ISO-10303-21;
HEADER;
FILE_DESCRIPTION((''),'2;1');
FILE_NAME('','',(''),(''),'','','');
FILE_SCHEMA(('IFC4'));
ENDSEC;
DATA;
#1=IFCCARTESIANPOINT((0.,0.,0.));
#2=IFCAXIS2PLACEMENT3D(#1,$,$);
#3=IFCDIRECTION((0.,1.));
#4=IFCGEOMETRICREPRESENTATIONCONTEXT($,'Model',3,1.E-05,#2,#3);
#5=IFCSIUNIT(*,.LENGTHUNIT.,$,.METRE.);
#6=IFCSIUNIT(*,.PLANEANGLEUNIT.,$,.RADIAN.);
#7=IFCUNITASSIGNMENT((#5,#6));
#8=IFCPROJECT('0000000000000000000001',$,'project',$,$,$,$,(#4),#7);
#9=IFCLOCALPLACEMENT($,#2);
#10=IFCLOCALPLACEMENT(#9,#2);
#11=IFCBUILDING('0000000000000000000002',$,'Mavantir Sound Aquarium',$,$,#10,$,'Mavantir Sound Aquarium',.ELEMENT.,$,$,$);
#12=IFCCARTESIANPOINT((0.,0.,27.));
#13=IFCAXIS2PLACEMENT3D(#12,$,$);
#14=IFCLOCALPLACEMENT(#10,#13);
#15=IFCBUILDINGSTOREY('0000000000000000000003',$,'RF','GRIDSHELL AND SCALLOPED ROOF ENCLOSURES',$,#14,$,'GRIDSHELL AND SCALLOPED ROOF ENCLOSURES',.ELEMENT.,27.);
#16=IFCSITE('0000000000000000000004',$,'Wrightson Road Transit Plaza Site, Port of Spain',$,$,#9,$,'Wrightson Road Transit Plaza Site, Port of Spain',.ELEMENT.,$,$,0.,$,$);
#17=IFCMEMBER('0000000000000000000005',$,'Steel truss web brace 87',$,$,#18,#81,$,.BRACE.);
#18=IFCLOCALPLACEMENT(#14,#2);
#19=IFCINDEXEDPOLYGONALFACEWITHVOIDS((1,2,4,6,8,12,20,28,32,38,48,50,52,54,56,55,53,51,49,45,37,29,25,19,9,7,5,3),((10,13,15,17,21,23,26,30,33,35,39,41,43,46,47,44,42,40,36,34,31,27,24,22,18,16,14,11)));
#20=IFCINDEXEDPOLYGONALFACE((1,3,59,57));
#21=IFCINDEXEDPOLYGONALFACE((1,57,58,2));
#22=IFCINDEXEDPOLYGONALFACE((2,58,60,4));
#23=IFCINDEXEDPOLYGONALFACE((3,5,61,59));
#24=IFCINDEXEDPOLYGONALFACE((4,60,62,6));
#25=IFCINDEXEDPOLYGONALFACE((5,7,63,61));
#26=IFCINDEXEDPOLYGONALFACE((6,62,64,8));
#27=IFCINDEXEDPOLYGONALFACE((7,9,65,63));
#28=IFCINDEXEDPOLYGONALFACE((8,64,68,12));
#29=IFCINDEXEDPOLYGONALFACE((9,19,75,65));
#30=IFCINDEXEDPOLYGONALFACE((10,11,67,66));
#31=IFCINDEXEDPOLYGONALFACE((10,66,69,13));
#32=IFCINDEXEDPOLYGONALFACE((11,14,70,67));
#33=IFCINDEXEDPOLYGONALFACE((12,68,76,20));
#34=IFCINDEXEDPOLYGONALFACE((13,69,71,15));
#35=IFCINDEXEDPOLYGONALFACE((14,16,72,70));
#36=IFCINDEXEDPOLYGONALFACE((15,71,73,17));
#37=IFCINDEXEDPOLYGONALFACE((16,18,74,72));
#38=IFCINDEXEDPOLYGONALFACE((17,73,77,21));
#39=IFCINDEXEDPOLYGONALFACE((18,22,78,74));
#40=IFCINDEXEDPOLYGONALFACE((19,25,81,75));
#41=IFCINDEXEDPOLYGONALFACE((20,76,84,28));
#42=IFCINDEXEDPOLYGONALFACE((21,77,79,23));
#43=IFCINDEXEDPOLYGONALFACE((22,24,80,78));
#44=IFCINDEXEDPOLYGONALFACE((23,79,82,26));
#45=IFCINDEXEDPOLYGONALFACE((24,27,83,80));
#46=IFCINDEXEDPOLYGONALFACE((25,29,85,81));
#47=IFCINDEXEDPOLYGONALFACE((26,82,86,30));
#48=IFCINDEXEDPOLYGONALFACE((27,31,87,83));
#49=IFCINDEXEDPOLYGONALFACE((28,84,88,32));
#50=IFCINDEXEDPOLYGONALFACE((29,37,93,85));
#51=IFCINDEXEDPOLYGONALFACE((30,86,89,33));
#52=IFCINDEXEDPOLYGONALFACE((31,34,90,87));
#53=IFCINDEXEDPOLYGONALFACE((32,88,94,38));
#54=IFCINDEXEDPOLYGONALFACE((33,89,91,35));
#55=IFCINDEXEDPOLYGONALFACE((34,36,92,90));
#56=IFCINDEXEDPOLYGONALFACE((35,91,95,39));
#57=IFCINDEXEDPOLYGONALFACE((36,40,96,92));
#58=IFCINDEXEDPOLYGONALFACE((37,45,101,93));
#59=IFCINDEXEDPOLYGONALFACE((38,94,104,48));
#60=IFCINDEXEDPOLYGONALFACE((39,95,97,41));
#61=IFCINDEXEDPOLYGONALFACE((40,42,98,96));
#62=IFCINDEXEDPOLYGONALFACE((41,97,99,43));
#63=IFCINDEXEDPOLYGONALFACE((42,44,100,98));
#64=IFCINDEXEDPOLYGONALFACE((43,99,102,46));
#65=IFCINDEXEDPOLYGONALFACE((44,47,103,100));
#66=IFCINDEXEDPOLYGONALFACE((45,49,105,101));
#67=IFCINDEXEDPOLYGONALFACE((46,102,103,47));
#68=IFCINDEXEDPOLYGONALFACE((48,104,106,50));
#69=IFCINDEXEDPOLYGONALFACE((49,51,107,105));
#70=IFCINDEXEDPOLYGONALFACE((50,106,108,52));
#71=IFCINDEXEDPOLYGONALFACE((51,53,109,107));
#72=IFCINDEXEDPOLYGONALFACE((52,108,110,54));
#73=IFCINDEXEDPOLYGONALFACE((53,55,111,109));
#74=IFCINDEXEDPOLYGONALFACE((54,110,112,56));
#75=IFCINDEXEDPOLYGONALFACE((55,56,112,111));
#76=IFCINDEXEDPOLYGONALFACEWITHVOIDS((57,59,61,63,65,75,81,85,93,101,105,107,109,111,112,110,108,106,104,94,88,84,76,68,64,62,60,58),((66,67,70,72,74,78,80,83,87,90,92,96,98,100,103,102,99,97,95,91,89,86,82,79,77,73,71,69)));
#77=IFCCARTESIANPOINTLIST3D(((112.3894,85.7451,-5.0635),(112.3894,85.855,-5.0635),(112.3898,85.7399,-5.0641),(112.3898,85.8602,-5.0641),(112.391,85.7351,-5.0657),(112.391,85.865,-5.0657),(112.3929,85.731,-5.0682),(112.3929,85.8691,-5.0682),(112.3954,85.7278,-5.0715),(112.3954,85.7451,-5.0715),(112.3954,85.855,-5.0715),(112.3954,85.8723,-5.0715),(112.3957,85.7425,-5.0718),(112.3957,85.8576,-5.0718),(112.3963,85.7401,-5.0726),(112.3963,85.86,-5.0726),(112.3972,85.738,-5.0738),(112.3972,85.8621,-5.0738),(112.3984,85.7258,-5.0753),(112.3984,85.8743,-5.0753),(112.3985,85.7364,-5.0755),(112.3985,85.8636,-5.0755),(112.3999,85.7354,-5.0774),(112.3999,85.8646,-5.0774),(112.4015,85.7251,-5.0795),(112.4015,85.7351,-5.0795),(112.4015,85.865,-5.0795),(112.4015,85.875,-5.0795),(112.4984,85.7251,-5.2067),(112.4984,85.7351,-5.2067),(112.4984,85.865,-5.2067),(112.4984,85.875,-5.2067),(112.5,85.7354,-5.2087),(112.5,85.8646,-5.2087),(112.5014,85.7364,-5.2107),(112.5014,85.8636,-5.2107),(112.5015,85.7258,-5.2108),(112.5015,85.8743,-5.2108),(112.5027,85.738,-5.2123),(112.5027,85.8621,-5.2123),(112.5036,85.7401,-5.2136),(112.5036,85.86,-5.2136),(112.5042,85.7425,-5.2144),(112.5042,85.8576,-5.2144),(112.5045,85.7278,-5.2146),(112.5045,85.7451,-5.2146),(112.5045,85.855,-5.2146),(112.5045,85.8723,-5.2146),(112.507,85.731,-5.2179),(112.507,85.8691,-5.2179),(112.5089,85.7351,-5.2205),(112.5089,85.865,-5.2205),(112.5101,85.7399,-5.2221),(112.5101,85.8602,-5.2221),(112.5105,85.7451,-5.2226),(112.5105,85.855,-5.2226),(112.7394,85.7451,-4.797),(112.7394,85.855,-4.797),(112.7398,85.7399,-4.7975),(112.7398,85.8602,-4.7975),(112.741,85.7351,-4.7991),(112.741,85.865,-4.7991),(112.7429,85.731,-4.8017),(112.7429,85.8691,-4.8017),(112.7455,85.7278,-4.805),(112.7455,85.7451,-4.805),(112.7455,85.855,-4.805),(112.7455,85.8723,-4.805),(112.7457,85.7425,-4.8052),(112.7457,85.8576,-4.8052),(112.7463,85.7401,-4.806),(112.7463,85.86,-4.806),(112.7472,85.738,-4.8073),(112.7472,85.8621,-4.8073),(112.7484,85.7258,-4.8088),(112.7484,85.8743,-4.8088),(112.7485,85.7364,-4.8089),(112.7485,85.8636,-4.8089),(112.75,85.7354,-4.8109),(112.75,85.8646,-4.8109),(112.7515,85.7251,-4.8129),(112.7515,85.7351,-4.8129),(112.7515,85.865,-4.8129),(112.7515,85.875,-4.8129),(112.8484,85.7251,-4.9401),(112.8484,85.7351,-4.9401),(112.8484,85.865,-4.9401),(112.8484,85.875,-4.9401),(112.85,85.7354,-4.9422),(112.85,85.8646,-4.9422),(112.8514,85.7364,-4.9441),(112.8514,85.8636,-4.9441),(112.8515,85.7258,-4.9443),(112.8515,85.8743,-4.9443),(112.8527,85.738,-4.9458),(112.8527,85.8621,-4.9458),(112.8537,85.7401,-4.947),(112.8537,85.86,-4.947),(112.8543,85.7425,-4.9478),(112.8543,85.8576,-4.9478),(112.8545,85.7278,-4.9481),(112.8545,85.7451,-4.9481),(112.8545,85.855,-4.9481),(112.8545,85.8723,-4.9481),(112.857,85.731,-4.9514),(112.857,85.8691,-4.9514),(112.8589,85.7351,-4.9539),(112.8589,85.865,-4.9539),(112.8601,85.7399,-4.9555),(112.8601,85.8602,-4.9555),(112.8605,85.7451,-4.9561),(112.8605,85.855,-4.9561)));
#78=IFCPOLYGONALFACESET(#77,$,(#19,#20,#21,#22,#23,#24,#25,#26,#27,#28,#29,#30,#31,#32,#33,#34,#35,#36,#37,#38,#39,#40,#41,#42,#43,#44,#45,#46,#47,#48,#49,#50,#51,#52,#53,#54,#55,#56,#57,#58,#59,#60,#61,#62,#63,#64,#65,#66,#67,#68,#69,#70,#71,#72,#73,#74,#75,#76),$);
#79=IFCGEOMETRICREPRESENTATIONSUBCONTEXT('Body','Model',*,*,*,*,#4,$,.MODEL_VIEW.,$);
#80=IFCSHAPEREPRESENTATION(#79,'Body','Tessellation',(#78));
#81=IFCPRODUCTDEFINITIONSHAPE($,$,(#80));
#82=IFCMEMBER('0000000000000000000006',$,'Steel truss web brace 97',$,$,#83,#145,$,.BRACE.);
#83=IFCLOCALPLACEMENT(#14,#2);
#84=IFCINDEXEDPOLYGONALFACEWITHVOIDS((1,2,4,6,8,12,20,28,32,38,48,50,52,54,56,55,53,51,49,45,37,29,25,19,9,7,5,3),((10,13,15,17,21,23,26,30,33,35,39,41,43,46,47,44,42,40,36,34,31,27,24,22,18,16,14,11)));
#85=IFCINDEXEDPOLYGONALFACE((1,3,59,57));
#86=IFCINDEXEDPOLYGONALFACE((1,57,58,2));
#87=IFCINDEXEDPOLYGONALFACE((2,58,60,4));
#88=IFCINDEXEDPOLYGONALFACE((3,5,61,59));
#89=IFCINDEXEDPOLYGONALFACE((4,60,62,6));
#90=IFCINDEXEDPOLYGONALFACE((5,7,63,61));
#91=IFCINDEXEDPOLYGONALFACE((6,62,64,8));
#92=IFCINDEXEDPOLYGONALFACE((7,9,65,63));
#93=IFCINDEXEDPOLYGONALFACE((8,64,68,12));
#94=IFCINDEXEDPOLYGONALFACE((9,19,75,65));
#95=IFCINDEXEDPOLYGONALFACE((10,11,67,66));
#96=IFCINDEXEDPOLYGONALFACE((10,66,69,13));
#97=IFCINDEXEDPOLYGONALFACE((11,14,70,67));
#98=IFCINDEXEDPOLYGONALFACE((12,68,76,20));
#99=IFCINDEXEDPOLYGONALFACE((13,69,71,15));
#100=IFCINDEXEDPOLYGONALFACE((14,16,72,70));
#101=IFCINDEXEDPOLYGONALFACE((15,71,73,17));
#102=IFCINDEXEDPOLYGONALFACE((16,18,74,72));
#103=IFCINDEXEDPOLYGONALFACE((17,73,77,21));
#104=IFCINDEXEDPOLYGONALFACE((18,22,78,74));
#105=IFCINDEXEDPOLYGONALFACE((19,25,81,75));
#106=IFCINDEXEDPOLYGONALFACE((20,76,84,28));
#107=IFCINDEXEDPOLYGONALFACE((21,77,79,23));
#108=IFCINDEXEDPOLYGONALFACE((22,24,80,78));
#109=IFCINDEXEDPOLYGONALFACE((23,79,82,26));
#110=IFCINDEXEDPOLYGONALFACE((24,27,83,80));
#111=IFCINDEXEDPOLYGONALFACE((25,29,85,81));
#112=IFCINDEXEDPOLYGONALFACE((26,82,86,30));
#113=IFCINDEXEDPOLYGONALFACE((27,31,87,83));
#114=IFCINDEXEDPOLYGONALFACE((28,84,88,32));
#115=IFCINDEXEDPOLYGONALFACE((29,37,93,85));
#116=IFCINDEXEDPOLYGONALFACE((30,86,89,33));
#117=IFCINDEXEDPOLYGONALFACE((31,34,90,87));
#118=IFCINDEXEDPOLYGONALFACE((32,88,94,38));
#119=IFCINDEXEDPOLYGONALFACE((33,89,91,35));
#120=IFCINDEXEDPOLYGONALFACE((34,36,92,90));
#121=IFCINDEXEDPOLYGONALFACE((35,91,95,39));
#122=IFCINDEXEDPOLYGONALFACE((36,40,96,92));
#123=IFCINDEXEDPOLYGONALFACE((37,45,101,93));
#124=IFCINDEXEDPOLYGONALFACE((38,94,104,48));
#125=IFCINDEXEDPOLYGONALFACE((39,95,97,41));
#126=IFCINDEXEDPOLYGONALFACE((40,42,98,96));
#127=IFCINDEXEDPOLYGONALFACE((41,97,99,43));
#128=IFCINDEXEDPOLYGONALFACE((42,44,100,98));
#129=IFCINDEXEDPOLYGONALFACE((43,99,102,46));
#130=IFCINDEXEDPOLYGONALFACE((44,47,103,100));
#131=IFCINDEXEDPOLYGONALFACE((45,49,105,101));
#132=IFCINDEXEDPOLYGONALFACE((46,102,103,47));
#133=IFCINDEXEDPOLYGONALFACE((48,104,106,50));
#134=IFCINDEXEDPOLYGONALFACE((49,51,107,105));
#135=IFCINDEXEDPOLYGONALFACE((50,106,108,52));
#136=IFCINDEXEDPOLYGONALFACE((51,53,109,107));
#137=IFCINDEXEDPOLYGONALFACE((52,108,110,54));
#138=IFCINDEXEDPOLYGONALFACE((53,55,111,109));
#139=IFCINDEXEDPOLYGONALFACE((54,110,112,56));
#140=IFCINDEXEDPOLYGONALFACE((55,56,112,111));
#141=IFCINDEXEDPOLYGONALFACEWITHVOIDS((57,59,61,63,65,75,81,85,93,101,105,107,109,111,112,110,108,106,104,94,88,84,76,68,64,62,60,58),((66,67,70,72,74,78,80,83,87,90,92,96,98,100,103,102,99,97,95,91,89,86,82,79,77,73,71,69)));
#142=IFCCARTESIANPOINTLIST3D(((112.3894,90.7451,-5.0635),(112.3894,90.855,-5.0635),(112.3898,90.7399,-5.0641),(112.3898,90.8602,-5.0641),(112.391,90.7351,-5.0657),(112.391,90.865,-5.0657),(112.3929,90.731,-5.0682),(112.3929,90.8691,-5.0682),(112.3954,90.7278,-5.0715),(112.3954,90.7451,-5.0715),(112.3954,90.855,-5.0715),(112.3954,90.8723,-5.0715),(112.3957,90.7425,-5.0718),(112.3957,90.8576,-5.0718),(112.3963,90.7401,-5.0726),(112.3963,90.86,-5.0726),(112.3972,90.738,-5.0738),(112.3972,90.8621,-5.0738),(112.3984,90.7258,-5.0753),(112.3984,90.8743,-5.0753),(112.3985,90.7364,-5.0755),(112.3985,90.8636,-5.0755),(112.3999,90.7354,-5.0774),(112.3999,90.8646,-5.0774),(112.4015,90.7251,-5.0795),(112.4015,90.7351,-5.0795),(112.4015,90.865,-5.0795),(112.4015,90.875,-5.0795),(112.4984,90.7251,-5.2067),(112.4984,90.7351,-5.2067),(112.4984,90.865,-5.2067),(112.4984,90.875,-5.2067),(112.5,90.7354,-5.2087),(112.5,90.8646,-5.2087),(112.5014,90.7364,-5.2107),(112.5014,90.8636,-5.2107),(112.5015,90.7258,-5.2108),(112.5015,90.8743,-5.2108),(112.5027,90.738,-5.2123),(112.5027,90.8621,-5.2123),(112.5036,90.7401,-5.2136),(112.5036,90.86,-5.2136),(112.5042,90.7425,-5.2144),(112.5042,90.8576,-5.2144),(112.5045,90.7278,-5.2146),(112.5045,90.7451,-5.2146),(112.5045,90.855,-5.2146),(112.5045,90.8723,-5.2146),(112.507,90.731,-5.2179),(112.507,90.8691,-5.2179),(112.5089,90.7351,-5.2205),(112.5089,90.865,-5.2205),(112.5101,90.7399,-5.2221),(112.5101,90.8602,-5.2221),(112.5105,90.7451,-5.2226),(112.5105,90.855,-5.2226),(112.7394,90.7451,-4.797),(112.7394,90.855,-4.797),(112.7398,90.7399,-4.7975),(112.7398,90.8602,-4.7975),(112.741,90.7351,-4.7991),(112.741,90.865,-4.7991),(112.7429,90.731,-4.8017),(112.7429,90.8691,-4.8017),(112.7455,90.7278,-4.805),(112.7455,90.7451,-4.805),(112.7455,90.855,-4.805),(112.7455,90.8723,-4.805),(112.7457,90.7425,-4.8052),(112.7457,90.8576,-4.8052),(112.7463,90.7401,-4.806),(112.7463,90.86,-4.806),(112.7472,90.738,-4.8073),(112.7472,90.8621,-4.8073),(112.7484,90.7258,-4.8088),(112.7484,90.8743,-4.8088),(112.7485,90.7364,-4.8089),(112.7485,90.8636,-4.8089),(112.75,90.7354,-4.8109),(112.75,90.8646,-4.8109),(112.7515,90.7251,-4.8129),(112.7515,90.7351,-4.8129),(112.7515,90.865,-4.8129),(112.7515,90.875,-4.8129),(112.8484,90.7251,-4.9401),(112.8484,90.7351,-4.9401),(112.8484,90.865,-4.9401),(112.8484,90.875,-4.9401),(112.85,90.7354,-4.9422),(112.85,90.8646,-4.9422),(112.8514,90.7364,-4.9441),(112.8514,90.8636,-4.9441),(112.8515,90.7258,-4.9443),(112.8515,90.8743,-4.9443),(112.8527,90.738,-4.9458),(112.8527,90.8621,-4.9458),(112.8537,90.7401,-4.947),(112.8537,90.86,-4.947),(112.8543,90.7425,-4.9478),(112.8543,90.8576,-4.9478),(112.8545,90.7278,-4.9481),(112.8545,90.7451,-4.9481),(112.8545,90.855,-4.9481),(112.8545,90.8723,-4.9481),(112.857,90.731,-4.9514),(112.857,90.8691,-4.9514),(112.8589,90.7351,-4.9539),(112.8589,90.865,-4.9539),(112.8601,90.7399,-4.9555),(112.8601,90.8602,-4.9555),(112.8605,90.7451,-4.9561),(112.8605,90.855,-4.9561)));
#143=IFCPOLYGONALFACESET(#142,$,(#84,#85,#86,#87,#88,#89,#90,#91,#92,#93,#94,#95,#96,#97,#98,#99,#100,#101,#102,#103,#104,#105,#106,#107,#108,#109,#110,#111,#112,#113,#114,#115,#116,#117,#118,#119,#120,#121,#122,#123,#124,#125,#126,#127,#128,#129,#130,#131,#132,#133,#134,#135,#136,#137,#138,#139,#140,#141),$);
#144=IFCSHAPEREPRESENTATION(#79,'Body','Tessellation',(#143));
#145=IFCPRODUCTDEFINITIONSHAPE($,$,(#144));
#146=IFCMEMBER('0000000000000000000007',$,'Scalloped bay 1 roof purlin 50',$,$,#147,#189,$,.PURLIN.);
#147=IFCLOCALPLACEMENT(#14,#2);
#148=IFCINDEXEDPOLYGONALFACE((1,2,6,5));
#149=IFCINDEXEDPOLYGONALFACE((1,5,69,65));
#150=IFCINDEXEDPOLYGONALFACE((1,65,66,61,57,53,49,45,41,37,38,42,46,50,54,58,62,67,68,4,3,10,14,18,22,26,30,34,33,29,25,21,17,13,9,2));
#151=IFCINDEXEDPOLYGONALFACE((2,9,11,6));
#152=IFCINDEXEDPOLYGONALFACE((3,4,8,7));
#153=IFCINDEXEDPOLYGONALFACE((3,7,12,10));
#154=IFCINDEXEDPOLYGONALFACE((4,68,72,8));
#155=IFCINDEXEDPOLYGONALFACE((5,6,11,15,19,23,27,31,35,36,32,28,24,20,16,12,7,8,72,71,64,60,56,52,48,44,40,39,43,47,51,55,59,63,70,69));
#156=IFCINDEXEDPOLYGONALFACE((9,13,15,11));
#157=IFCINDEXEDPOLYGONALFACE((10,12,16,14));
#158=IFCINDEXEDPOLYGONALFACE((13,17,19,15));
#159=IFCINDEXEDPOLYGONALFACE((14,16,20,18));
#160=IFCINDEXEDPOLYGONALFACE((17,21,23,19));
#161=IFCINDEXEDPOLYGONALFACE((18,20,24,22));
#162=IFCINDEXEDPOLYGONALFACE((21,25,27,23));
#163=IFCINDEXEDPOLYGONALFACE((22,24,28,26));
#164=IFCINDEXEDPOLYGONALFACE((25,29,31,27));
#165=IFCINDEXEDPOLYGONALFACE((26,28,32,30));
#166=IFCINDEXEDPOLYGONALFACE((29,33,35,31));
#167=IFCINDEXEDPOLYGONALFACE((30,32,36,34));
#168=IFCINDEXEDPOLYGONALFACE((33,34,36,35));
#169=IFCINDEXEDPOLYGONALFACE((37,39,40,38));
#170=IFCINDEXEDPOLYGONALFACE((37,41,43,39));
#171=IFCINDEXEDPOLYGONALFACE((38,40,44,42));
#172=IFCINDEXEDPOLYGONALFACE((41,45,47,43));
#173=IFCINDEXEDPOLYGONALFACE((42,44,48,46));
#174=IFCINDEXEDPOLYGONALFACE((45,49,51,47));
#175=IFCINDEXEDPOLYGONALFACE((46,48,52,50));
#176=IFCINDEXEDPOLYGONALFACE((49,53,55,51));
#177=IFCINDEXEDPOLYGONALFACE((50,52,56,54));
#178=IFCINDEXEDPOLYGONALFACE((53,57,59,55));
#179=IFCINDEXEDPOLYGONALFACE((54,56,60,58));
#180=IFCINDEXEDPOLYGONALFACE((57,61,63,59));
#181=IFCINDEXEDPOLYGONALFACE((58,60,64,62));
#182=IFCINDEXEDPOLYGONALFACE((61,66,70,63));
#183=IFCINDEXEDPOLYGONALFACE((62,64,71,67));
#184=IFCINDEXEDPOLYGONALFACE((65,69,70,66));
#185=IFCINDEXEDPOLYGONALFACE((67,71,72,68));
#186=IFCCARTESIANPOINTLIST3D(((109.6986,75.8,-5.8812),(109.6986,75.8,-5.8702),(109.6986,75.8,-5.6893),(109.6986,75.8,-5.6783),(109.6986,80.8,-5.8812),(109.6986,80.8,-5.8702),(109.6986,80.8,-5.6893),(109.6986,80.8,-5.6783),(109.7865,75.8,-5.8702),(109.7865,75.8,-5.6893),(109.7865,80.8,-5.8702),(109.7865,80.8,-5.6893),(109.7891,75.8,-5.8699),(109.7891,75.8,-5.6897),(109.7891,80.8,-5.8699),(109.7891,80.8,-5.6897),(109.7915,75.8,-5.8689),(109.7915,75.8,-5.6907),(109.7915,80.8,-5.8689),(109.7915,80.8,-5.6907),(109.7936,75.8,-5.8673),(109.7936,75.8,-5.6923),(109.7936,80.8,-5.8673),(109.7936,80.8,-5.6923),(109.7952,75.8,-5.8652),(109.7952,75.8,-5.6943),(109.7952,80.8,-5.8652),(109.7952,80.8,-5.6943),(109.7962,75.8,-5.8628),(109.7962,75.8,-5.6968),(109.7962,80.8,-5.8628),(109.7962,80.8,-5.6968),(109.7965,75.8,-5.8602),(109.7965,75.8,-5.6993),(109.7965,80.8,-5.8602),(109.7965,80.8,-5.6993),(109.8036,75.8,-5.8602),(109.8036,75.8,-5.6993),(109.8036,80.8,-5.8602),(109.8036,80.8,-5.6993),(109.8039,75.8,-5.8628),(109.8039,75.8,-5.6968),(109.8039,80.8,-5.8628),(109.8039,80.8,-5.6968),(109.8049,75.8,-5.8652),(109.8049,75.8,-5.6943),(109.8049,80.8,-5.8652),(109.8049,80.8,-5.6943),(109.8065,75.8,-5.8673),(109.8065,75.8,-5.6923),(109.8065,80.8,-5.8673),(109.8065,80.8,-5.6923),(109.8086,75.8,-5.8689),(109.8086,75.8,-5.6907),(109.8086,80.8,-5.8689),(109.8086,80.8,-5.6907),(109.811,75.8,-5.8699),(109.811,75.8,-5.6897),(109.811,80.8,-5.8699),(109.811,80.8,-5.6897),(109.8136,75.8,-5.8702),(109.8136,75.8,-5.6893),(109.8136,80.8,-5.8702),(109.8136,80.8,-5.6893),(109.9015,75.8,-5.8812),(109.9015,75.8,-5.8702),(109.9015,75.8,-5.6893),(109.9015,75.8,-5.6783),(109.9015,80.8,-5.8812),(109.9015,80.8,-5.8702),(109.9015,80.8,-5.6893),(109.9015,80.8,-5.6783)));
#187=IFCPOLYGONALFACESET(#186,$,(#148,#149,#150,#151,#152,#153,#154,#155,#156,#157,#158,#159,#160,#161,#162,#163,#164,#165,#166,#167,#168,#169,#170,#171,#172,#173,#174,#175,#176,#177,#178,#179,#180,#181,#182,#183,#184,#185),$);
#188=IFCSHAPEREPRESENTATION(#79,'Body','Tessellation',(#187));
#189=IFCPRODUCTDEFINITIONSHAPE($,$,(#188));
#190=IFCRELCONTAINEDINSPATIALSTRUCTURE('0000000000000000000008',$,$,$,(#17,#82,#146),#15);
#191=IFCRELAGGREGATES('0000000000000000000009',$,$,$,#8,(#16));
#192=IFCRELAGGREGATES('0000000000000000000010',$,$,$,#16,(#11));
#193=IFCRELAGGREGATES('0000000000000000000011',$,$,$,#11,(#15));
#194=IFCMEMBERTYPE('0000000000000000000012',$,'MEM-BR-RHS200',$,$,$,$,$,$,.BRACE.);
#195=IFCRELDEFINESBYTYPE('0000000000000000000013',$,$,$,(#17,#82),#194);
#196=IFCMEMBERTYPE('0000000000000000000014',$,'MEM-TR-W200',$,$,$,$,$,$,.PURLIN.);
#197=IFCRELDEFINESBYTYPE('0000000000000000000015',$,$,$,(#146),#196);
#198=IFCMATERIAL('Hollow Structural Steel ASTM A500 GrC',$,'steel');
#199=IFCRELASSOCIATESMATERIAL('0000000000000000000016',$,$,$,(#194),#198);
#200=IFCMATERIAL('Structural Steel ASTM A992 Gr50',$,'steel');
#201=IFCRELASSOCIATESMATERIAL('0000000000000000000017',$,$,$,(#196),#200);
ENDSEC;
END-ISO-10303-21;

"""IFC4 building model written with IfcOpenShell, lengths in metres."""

from ifc_helpers import new_model, si_unit, direction, frame, origin, origin_2d, place, context, subcontext, project, spatial, hollow_rectangle, i_section, extrude, material, material_profile, profile_set, type_object, element, save


model = new_model("IFC4")

# Units and contexts
model_context = context("Model", 3, precision=1e-05, world=origin(), true_north=direction((0.0, 1.0)))
body_context = subcontext(model_context, "Body", "Model", "MODEL_VIEW")
ifc_project = project(units=[si_unit("LENGTHUNIT", "METRE"), si_unit("PLANEANGLEUNIT", "RADIAN")], contexts=[model_context])

# Site, building, storey
site_placement = place(None, origin())
site = spatial("IfcSite", under=ifc_project, at=site_placement, Name="Wrightson Road Transit Plaza Site, Port of Spain", LongName="Wrightson Road Transit Plaza Site, Port of Spain", CompositionType="ELEMENT", RefElevation=0.0)
building_placement = place(site_placement, origin())
building = spatial("IfcBuilding", under=site, at=building_placement, Name="Mavantir Sound Aquarium", LongName="Mavantir Sound Aquarium", CompositionType="ELEMENT")
storey_placement = place(building_placement, frame((0.0, 0.0, 27.0)))
storey = spatial("IfcBuildingStorey", under=building, at=storey_placement, Name="RF", Description="GRIDSHELL AND SCALLOPED ROOF ENCLOSURES", LongName="GRIDSHELL AND SCALLOPED ROOF ENCLOSURES", CompositionType="ELEMENT", Elevation=27.0)

# Members
ifc_material_1 = material(Name="Hollow Structural Steel ASTM A500 GrC", Category="steel")
ifc_material_profile_1 = material_profile(ifc_material_1, hollow_rectangle(XDim=0.1499, YDim=0.2, WallThickness=0.01, InnerFilletRadius=0.01, OuterFilletRadius=0.02, at=origin_2d()), Name="RHS 200X150X10")
ifc_profile_set_1 = profile_set([ifc_material_profile_1], Name="Hollow Structural Steel ASTM A500 GrC")
member_type_1 = type_object("IfcMemberType", Name="MEM-BR-RHS200", PredefinedType="BRACE", material=ifc_profile_set_1)
for number, where, z_axis, x_axis, name in (
    (1, (112.45, 85.8, -5.1431), (0.795585, 0.0, 0.605843), (0.0, 1.0, 0.0), "Steel truss web brace 87"),
    (2, (112.45, 90.8, -5.1431), (0.795585, 0.0, 0.605843), (0.0, 1.0, 0.0), "Steel truss web brace 97"),
):
    element("IfcMember", number, at=place(storey_placement, frame(where, z_axis=z_axis, x_axis=x_axis)), inside=storey, type_object=member_type_1, Name=name, PredefinedType="BRACE", context=body_context, shape_type="SweptSolid", body=[
        extrude(hollow_rectangle(XDim=0.1499, YDim=0.2, WallThickness=0.01, InnerFilletRadius=0.01, OuterFilletRadius=0.02, at=origin_2d()), origin(), (0.0, 0.0, 1.0), 0.4399),
    ])
ifc_material_2 = material(Name="Structural Steel ASTM A992 Gr50", Category="steel")
ifc_material_profile_2 = material_profile(ifc_material_2, i_section(OverallWidth=0.2029, OverallDepth=0.2029, WebThickness=0.0071, FlangeThickness=0.011, FilletRadius=0.01, at=origin_2d()), Name="W200X46")
ifc_profile_set_2 = profile_set([ifc_material_profile_2], Name="Structural Steel ASTM A992 Gr50")
member_type_2 = type_object("IfcMemberType", Name="MEM-TR-W200", PredefinedType="PURLIN", material=ifc_profile_set_2)
for number, where, z_axis, x_axis, name in (
    (3, (109.8, 75.8, -5.7798), (0.0, 1.0, 0.0), (-1.0, 0.0, 0.0), "Scalloped bay 1 roof purlin 50"),
):
    element("IfcMember", number, at=place(storey_placement, frame(where, z_axis=z_axis, x_axis=x_axis)), inside=storey, type_object=member_type_2, Name=name, PredefinedType="PURLIN", context=body_context, shape_type="SweptSolid", body=[
        extrude(i_section(OverallWidth=0.2029, OverallDepth=0.2029, WebThickness=0.0071, FlangeThickness=0.011, FilletRadius=0.01, at=origin_2d()), origin(), (0.0, 0.0, 1.0), 5.0),
    ])

save(model, "model.ifc")
